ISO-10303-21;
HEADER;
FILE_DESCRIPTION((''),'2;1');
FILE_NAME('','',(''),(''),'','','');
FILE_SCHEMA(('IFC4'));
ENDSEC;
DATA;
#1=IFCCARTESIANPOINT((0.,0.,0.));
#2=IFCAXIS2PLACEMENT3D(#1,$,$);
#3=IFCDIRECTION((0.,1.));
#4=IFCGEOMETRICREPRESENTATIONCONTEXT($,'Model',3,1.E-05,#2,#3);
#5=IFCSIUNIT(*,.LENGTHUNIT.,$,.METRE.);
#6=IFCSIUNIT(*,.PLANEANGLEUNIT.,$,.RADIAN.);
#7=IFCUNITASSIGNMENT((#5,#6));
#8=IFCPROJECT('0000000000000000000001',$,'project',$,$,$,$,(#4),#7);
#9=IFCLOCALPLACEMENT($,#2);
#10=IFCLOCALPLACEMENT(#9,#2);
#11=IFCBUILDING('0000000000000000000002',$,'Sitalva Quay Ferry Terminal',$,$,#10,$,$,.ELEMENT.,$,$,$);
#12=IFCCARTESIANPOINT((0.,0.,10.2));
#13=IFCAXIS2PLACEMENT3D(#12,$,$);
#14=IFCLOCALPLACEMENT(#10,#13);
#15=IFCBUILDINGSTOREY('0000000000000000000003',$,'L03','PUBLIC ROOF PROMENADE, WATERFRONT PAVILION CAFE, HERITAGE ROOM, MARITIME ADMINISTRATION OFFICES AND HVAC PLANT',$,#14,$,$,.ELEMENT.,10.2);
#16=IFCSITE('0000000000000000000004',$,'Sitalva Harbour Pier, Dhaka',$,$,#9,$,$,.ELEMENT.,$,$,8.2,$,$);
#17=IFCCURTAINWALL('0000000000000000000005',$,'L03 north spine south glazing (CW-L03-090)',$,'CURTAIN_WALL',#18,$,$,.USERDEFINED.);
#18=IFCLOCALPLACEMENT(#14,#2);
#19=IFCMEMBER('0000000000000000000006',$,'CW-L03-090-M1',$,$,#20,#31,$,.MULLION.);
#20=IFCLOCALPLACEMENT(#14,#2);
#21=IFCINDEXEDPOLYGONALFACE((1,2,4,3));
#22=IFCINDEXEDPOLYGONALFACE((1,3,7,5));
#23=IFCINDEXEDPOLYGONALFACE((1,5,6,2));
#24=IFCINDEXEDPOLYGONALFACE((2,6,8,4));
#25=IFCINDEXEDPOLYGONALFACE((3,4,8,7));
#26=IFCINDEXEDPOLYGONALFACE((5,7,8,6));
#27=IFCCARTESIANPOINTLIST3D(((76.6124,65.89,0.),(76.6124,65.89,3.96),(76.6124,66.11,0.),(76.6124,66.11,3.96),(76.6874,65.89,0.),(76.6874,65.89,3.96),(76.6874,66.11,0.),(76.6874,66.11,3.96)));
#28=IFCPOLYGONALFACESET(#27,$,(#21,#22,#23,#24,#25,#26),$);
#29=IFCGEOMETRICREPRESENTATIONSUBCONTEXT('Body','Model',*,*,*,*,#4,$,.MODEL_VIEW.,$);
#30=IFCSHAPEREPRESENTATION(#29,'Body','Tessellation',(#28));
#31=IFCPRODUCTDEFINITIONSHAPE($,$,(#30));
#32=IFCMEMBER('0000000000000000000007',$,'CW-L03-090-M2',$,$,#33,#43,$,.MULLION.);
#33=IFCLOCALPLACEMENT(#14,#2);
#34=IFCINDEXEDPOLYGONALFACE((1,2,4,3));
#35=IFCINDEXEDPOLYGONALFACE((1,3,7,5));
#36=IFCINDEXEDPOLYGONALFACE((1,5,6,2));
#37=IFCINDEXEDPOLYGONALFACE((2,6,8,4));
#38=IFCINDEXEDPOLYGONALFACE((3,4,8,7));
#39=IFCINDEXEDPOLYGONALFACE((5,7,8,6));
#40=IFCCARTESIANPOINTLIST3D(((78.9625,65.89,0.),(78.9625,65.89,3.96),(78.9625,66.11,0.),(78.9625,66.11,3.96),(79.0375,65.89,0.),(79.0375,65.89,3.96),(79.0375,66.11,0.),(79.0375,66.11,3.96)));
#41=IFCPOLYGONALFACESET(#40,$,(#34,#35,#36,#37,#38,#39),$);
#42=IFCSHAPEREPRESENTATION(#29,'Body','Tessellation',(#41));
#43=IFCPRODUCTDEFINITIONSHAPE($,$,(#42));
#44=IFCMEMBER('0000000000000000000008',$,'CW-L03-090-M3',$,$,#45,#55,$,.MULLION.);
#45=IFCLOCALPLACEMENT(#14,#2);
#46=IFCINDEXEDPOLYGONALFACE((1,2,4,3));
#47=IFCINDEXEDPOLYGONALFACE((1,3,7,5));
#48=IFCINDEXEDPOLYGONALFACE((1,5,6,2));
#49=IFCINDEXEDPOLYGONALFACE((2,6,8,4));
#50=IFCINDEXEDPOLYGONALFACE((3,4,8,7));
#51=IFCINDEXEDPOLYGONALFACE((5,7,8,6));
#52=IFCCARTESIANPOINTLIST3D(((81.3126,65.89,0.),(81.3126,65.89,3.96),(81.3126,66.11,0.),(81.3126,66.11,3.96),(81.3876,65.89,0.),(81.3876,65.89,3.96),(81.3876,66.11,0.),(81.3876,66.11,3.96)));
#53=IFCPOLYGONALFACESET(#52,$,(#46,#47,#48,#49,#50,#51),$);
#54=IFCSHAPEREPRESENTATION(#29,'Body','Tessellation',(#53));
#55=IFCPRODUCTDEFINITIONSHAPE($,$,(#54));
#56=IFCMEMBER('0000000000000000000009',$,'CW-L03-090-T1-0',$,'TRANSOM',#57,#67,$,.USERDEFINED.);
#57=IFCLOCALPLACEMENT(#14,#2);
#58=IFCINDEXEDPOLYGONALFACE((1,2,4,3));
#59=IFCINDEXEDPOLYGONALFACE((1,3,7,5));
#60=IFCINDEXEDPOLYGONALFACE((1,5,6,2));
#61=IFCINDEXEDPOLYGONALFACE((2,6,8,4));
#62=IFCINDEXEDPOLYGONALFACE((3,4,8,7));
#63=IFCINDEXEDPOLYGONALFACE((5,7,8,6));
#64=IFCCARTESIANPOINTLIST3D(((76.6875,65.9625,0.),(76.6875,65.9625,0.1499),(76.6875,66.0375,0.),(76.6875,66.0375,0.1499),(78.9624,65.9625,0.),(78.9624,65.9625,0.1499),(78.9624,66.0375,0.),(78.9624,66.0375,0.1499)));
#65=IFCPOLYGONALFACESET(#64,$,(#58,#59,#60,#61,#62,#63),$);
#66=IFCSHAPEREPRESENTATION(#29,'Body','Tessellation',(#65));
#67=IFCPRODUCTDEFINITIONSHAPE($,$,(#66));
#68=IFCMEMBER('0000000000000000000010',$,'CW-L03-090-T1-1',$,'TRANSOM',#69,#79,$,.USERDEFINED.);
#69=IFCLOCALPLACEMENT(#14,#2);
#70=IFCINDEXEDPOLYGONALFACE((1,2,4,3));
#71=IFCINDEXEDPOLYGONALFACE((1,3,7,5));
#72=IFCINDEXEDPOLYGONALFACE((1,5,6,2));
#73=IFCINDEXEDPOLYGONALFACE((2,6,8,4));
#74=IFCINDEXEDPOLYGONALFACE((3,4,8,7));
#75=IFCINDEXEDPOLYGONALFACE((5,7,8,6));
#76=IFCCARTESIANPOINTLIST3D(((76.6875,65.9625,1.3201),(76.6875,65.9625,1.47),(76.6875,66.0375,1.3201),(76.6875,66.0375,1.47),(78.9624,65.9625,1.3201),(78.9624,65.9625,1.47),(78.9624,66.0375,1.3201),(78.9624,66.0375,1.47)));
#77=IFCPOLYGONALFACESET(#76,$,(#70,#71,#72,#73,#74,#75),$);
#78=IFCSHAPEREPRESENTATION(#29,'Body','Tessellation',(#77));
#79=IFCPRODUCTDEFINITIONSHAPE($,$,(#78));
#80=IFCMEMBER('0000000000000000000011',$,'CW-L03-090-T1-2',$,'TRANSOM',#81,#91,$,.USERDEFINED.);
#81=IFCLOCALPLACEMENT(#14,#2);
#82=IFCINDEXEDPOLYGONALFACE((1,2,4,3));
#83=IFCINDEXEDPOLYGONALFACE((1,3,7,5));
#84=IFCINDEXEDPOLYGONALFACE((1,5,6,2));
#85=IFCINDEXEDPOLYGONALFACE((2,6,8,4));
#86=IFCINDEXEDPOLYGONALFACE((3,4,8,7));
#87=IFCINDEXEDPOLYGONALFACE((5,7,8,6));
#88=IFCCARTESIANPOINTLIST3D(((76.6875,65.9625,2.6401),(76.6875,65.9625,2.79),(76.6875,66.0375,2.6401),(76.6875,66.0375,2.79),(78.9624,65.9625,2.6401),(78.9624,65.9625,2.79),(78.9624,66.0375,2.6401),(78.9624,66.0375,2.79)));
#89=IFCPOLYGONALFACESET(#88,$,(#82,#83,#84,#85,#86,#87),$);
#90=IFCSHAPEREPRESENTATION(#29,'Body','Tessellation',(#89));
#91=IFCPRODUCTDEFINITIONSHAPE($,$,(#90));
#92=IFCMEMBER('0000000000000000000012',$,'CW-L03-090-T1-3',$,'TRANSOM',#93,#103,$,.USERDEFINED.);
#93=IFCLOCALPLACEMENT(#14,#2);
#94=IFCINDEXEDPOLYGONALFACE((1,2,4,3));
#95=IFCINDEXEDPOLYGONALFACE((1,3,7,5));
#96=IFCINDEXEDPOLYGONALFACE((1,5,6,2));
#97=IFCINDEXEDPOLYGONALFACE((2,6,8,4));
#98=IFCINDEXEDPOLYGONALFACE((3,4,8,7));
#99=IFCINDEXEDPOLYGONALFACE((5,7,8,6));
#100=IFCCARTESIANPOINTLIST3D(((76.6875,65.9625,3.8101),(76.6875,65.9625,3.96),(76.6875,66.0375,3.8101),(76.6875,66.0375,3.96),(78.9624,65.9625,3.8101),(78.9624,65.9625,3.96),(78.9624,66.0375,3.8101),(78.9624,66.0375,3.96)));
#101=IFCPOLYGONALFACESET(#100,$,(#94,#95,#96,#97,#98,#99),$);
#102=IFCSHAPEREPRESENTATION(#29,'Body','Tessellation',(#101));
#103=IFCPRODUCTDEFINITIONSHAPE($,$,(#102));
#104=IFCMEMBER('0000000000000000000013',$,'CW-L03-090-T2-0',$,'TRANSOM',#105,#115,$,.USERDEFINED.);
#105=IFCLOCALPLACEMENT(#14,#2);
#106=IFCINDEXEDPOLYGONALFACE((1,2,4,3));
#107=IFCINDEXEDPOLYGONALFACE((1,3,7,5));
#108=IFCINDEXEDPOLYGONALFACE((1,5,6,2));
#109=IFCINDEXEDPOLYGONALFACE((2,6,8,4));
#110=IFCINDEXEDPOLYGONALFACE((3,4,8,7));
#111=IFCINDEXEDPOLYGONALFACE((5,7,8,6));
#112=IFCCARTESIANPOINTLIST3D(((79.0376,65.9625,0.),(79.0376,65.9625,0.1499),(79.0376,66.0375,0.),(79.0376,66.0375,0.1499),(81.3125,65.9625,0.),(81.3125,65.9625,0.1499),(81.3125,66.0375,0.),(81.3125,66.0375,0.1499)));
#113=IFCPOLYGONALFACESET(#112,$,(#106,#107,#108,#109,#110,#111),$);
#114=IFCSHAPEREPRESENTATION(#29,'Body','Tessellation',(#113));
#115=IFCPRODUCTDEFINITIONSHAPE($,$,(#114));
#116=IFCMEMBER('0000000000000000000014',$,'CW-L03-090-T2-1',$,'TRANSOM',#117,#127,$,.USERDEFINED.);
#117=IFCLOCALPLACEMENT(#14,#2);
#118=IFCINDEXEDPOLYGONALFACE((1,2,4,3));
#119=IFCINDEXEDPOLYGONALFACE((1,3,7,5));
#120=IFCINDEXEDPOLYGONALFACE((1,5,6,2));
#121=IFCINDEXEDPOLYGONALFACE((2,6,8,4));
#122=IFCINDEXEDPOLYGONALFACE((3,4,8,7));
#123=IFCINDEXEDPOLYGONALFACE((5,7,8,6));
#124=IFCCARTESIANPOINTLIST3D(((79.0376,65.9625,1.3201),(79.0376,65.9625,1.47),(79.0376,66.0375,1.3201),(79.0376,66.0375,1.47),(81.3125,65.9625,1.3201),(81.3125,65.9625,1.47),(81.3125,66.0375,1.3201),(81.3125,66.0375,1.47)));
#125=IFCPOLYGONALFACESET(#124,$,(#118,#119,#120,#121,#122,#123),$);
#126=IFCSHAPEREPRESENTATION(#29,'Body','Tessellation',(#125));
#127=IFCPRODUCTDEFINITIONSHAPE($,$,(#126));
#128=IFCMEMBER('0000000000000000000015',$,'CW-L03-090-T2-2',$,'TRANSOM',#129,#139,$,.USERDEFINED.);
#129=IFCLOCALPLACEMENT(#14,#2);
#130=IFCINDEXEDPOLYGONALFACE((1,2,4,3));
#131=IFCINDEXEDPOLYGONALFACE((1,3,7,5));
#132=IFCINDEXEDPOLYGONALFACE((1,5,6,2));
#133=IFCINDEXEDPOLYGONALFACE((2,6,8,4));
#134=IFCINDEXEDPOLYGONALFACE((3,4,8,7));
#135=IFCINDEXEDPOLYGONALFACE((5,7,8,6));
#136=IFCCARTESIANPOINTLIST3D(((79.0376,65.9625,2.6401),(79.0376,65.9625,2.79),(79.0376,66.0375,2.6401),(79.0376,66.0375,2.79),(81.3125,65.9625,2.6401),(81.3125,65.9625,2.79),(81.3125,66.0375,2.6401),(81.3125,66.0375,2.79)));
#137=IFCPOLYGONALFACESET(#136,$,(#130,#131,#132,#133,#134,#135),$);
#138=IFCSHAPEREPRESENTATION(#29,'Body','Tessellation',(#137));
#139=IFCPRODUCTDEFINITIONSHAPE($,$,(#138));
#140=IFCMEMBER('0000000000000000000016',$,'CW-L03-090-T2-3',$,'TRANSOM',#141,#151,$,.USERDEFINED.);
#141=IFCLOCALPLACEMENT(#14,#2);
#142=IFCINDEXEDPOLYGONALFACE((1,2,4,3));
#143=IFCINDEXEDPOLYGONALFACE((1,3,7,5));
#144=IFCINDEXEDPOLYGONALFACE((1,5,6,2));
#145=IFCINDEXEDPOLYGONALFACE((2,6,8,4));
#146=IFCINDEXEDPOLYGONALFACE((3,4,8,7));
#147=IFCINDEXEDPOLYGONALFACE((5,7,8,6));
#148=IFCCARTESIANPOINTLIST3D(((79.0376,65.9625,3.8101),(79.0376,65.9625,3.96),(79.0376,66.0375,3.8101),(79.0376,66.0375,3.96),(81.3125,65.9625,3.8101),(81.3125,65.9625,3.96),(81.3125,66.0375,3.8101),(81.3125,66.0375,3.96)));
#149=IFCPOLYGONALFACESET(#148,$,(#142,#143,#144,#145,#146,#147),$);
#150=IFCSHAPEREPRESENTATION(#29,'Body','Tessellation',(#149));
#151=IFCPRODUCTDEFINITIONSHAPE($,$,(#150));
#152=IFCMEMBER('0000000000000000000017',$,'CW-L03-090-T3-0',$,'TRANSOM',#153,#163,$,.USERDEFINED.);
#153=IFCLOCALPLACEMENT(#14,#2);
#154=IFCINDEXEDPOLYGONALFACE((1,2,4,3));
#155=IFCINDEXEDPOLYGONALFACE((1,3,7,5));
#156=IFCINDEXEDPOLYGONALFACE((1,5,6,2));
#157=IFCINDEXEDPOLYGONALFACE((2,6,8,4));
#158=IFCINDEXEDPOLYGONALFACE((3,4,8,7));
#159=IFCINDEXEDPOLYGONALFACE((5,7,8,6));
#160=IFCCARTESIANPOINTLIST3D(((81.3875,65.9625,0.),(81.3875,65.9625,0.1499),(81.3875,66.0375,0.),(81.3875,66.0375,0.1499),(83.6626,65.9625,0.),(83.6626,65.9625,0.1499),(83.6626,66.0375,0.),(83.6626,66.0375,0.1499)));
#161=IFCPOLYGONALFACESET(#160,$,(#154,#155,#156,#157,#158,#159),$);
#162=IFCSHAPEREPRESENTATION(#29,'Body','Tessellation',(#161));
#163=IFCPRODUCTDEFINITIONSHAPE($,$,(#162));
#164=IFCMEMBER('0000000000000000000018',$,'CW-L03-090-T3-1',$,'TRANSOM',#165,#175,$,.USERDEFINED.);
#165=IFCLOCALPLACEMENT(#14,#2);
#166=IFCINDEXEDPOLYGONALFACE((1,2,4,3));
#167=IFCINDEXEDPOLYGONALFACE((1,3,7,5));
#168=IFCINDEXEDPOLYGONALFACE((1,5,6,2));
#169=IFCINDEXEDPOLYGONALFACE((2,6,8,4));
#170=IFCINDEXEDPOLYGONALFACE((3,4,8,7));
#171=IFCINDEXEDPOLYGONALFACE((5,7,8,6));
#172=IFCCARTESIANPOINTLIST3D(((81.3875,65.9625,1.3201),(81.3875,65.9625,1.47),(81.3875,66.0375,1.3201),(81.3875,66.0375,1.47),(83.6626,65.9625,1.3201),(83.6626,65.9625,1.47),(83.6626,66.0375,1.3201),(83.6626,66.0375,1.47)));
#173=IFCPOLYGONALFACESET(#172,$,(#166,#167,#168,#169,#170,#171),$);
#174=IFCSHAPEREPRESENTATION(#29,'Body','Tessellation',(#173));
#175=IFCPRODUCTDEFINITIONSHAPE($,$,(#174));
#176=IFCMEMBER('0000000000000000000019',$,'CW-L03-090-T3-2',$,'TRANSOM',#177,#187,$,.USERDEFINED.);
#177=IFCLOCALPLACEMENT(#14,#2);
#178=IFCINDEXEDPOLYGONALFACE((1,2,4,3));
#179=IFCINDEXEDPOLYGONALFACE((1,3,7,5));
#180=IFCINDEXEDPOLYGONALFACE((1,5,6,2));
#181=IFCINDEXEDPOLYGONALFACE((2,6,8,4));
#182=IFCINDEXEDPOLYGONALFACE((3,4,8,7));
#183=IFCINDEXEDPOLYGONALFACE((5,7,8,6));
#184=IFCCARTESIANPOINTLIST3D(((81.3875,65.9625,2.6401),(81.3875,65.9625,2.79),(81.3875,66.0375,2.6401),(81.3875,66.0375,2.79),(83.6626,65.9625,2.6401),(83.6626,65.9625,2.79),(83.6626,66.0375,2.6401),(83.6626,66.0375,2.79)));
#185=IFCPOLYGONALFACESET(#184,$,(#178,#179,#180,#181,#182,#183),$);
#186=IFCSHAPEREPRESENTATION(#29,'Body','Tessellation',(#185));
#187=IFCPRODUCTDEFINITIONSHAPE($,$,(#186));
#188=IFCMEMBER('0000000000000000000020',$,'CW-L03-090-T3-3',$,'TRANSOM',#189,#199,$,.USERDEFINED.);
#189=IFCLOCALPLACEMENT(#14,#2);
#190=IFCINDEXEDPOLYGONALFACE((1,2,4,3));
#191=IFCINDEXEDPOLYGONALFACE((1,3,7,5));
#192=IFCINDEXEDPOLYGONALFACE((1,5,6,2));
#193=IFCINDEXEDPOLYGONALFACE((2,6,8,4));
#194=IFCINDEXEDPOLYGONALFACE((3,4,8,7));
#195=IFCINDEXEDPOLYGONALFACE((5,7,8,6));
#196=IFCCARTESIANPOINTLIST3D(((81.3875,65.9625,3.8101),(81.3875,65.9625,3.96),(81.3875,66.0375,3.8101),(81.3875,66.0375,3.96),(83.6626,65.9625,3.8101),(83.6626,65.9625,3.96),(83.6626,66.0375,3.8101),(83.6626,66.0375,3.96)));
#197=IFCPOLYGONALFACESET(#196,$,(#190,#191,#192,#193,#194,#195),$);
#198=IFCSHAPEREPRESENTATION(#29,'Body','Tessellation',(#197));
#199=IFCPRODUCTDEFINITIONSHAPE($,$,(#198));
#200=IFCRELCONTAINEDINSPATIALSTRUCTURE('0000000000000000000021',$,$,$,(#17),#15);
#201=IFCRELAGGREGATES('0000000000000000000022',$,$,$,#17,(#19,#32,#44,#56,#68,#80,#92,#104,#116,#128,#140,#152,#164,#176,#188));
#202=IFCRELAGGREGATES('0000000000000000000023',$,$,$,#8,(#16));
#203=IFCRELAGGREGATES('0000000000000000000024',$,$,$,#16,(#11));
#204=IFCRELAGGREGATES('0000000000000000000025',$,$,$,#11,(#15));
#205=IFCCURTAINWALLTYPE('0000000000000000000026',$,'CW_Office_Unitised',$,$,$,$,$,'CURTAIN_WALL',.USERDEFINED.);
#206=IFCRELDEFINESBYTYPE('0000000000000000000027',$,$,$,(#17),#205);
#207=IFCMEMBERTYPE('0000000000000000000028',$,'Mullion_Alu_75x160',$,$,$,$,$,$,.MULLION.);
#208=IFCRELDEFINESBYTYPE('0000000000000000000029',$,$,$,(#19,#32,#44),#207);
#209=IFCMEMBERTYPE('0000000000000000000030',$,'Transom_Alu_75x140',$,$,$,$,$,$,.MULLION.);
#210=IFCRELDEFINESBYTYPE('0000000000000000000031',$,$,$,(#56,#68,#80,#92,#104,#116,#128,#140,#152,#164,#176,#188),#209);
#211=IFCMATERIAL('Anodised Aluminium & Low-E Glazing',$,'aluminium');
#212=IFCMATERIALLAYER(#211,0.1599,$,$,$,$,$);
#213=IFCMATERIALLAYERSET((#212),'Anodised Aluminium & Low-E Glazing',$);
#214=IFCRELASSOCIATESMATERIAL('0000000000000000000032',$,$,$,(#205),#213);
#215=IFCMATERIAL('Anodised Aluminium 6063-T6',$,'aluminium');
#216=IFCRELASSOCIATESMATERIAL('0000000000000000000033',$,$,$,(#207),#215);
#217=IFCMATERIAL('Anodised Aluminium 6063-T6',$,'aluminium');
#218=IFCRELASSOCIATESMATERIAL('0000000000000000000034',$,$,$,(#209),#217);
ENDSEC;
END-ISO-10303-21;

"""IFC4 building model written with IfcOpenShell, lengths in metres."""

from ifc_helpers import new_model, si_unit, direction, frame, origin, origin_2d, place, context, subcontext, project, spatial, rectangle, extrude, material, layer, layer_set, material_profile, profile_set, type_object, element, aggregate, save


model = new_model("IFC4")

# Units and contexts
model_context = context("Model", 3, precision=1e-05, world=origin(), true_north=direction((0.0, 1.0)))
body_context = subcontext(model_context, "Body", "Model", "MODEL_VIEW")
ifc_project = project(units=[si_unit("LENGTHUNIT", "METRE"), si_unit("PLANEANGLEUNIT", "RADIAN")], contexts=[model_context])

# Site, building, storey
site_placement = place(None, origin())
site = spatial("IfcSite", under=ifc_project, at=site_placement, Name="Sitalva Harbour Pier, Dhaka", CompositionType="ELEMENT", RefElevation=8.2)
building_placement = place(site_placement, origin())
building = spatial("IfcBuilding", under=site, at=building_placement, Name="Sitalva Quay Ferry Terminal", CompositionType="ELEMENT")
storey_placement = place(building_placement, frame((0.0, 0.0, 10.2)))
storey = spatial("IfcBuildingStorey", under=building, at=storey_placement, Name="L03", Description="PUBLIC ROOF PROMENADE, WATERFRONT PAVILION CAFE, HERITAGE ROOM, MARITIME ADMINISTRATION OFFICES AND HVAC PLANT", CompositionType="ELEMENT", Elevation=10.2)

# Curtain wall, members
ifc_material_1 = material(Name="Anodised Aluminium & Low-E Glazing", Category="aluminium")
ifc_layer_1 = layer(ifc_material_1, 0.1599)
ifc_layer_set_1 = layer_set([ifc_layer_1], Name="Anodised Aluminium & Low-E Glazing")
curtain_wall_type = type_object("IfcCurtainWallType", Name="CW_Office_Unitised", ElementType="CURTAIN_WALL", PredefinedType="USERDEFINED", material=ifc_layer_set_1)
curtain_wall_placement = place(storey_placement, origin())
curtain_wall = element("IfcCurtainWall", 1, at=curtain_wall_placement, inside=storey, type_object=curtain_wall_type, Name="L03 north spine south glazing (CW-L03-090)", ObjectType="CURTAIN_WALL", PredefinedType="USERDEFINED")
ifc_material_2 = material(Name="Anodised Aluminium 6063-T6", Category="aluminium")
ifc_material_profile_1 = material_profile(ifc_material_2, rectangle(XDim=0.075, YDim=0.22, at=origin_2d()), Name="ALU75x220")
ifc_profile_set_1 = profile_set([ifc_material_profile_1], Name="Anodised Aluminium 6063-T6")
member_type_1 = type_object("IfcMemberType", Name="Mullion_Alu_75x160", PredefinedType="MULLION", material=ifc_profile_set_1)
member_1_placement = place(storey_placement, frame((76.6499, 66.0, 0.0), z_axis=(0.0, 0.0, 1.0), x_axis=(1.0, 0.0, 0.0)))
member_1 = element("IfcMember", 2, at=member_1_placement, type_object=member_type_1, Name="CW-L03-090-M1", PredefinedType="MULLION", context=body_context, shape_type="SweptSolid", body=[
    extrude(rectangle(XDim=0.075, YDim=0.22, at=origin_2d()), origin(), (0.0, 0.0, 1.0), 3.96),
])
member_2_placement = place(storey_placement, frame((79.0, 66.0, 0.0), z_axis=(0.0, 0.0, 1.0), x_axis=(1.0, 0.0, 0.0)))
member_2 = element("IfcMember", 3, at=member_2_placement, type_object=member_type_1, Name="CW-L03-090-M2", PredefinedType="MULLION", context=body_context, shape_type="SweptSolid", body=[
    extrude(rectangle(XDim=0.075, YDim=0.22, at=origin_2d()), origin(), (0.0, 0.0, 1.0), 3.96),
])
member_3_placement = place(storey_placement, frame((81.3501, 66.0, 0.0), z_axis=(0.0, 0.0, 1.0), x_axis=(1.0, 0.0, 0.0)))
member_3 = element("IfcMember", 4, at=member_3_placement, type_object=member_type_1, Name="CW-L03-090-M3", PredefinedType="MULLION", context=body_context, shape_type="SweptSolid", body=[
    extrude(rectangle(XDim=0.075, YDim=0.22, at=origin_2d()), origin(), (0.0, 0.0, 1.0), 3.96),
])
ifc_material_3 = material(Name="Anodised Aluminium 6063-T6", Category="aluminium")
ifc_material_profile_2 = material_profile(ifc_material_3, rectangle(XDim=0.075, YDim=0.1499, at=origin_2d()), Name="ALU75x150")
ifc_profile_set_2 = profile_set([ifc_material_profile_2], Name="Anodised Aluminium 6063-T6")
member_type_2 = type_object("IfcMemberType", Name="Transom_Alu_75x140", PredefinedType="MULLION", material=ifc_profile_set_2)
member_4_placement = place(storey_placement, frame((76.6875, 66.0, 0.075), z_axis=(1.0, 0.0, 0.0), x_axis=(0.0, 1.0, 0.0)))
member_4 = element("IfcMember", 5, at=member_4_placement, type_object=member_type_2, Name="CW-L03-090-T1-0", ObjectType="TRANSOM", PredefinedType="USERDEFINED", context=body_context, shape_type="SweptSolid", body=[
    extrude(rectangle(XDim=0.075, YDim=0.1499, at=origin_2d()), origin(), (0.0, 0.0, 1.0), 2.2749),
])
member_5_placement = place(storey_placement, frame((76.6875, 66.0, 1.395), z_axis=(1.0, 0.0, 0.0), x_axis=(0.0, 1.0, 0.0)))
member_5 = element("IfcMember", 6, at=member_5_placement, type_object=member_type_2, Name="CW-L03-090-T1-1", ObjectType="TRANSOM", PredefinedType="USERDEFINED", context=body_context, shape_type="SweptSolid", body=[
    extrude(rectangle(XDim=0.075, YDim=0.1499, at=origin_2d()), origin(), (0.0, 0.0, 1.0), 2.2749),
])
member_6_placement = place(storey_placement, frame((76.6875, 66.0, 2.7151), z_axis=(1.0, 0.0, 0.0), x_axis=(0.0, 1.0, 0.0)))
member_6 = element("IfcMember", 7, at=member_6_placement, type_object=member_type_2, Name="CW-L03-090-T1-2", ObjectType="TRANSOM", PredefinedType="USERDEFINED", context=body_context, shape_type="SweptSolid", body=[
    extrude(rectangle(XDim=0.075, YDim=0.1499, at=origin_2d()), origin(), (0.0, 0.0, 1.0), 2.2749),
])
member_7_placement = place(storey_placement, frame((76.6875, 66.0, 3.885), z_axis=(1.0, 0.0, 0.0), x_axis=(0.0, 1.0, 0.0)))
member_7 = element("IfcMember", 8, at=member_7_placement, type_object=member_type_2, Name="CW-L03-090-T1-3", ObjectType="TRANSOM", PredefinedType="USERDEFINED", context=body_context, shape_type="SweptSolid", body=[
    extrude(rectangle(XDim=0.075, YDim=0.1499, at=origin_2d()), origin(), (0.0, 0.0, 1.0), 2.2749),
])
member_8_placement = place(storey_placement, frame((79.0376, 66.0, 0.075), z_axis=(1.0, 0.0, 0.0), x_axis=(0.0, 1.0, 0.0)))
member_8 = element("IfcMember", 9, at=member_8_placement, type_object=member_type_2, Name="CW-L03-090-T2-0", ObjectType="TRANSOM", PredefinedType="USERDEFINED", context=body_context, shape_type="SweptSolid", body=[
    extrude(rectangle(XDim=0.075, YDim=0.1499, at=origin_2d()), origin(), (0.0, 0.0, 1.0), 2.2749),
])
member_9_placement = place(storey_placement, frame((79.0376, 66.0, 1.395), z_axis=(1.0, 0.0, 0.0), x_axis=(0.0, 1.0, 0.0)))
member_9 = element("IfcMember", 10, at=member_9_placement, type_object=member_type_2, Name="CW-L03-090-T2-1", ObjectType="TRANSOM", PredefinedType="USERDEFINED", context=body_context, shape_type="SweptSolid", body=[
    extrude(rectangle(XDim=0.075, YDim=0.1499, at=origin_2d()), origin(), (0.0, 0.0, 1.0), 2.2749),
])
member_10_placement = place(storey_placement, frame((79.0376, 66.0, 2.7151), z_axis=(1.0, 0.0, 0.0), x_axis=(0.0, 1.0, 0.0)))
member_10 = element("IfcMember", 11, at=member_10_placement, type_object=member_type_2, Name="CW-L03-090-T2-2", ObjectType="TRANSOM", PredefinedType="USERDEFINED", context=body_context, shape_type="SweptSolid", body=[
    extrude(rectangle(XDim=0.075, YDim=0.1499, at=origin_2d()), origin(), (0.0, 0.0, 1.0), 2.2749),
])
member_11_placement = place(storey_placement, frame((79.0376, 66.0, 3.885), z_axis=(1.0, 0.0, 0.0), x_axis=(0.0, 1.0, 0.0)))
member_11 = element("IfcMember", 12, at=member_11_placement, type_object=member_type_2, Name="CW-L03-090-T2-3", ObjectType="TRANSOM", PredefinedType="USERDEFINED", context=body_context, shape_type="SweptSolid", body=[
    extrude(rectangle(XDim=0.075, YDim=0.1499, at=origin_2d()), origin(), (0.0, 0.0, 1.0), 2.2749),
])
member_12_placement = place(storey_placement, frame((81.3875, 66.0, 0.075), z_axis=(1.0, 0.0, 0.0), x_axis=(0.0, 1.0, 0.0)))
member_12 = element("IfcMember", 13, at=member_12_placement, type_object=member_type_2, Name="CW-L03-090-T3-0", ObjectType="TRANSOM", PredefinedType="USERDEFINED", context=body_context, shape_type="SweptSolid", body=[
    extrude(rectangle(XDim=0.075, YDim=0.1499, at=origin_2d()), origin(), (0.0, 0.0, 1.0), 2.2751),
])
member_13_placement = place(storey_placement, frame((81.3875, 66.0, 1.395), z_axis=(1.0, 0.0, 0.0), x_axis=(0.0, 1.0, 0.0)))
member_13 = element("IfcMember", 14, at=member_13_placement, type_object=member_type_2, Name="CW-L03-090-T3-1", ObjectType="TRANSOM", PredefinedType="USERDEFINED", context=body_context, shape_type="SweptSolid", body=[
    extrude(rectangle(XDim=0.075, YDim=0.1499, at=origin_2d()), origin(), (0.0, 0.0, 1.0), 2.2751),
])
member_14_placement = place(storey_placement, frame((81.3875, 66.0, 2.7151), z_axis=(1.0, 0.0, 0.0), x_axis=(0.0, 1.0, 0.0)))
member_14 = element("IfcMember", 15, at=member_14_placement, type_object=member_type_2, Name="CW-L03-090-T3-2", ObjectType="TRANSOM", PredefinedType="USERDEFINED", context=body_context, shape_type="SweptSolid", body=[
    extrude(rectangle(XDim=0.075, YDim=0.1499, at=origin_2d()), origin(), (0.0, 0.0, 1.0), 2.2751),
])
member_15_placement = place(storey_placement, frame((81.3875, 66.0, 3.885), z_axis=(1.0, 0.0, 0.0), x_axis=(0.0, 1.0, 0.0)))
member_15 = element("IfcMember", 16, at=member_15_placement, type_object=member_type_2, Name="CW-L03-090-T3-3", ObjectType="TRANSOM", PredefinedType="USERDEFINED", context=body_context, shape_type="SweptSolid", body=[
    extrude(rectangle(XDim=0.075, YDim=0.1499, at=origin_2d()), origin(), (0.0, 0.0, 1.0), 2.2751),
])
aggregate(curtain_wall, [member_1, member_2, member_3, member_4, member_5, member_6, member_7, member_8, member_9, member_10, member_11, member_12, member_13, member_14, member_15])

save(model, "model.ifc")
